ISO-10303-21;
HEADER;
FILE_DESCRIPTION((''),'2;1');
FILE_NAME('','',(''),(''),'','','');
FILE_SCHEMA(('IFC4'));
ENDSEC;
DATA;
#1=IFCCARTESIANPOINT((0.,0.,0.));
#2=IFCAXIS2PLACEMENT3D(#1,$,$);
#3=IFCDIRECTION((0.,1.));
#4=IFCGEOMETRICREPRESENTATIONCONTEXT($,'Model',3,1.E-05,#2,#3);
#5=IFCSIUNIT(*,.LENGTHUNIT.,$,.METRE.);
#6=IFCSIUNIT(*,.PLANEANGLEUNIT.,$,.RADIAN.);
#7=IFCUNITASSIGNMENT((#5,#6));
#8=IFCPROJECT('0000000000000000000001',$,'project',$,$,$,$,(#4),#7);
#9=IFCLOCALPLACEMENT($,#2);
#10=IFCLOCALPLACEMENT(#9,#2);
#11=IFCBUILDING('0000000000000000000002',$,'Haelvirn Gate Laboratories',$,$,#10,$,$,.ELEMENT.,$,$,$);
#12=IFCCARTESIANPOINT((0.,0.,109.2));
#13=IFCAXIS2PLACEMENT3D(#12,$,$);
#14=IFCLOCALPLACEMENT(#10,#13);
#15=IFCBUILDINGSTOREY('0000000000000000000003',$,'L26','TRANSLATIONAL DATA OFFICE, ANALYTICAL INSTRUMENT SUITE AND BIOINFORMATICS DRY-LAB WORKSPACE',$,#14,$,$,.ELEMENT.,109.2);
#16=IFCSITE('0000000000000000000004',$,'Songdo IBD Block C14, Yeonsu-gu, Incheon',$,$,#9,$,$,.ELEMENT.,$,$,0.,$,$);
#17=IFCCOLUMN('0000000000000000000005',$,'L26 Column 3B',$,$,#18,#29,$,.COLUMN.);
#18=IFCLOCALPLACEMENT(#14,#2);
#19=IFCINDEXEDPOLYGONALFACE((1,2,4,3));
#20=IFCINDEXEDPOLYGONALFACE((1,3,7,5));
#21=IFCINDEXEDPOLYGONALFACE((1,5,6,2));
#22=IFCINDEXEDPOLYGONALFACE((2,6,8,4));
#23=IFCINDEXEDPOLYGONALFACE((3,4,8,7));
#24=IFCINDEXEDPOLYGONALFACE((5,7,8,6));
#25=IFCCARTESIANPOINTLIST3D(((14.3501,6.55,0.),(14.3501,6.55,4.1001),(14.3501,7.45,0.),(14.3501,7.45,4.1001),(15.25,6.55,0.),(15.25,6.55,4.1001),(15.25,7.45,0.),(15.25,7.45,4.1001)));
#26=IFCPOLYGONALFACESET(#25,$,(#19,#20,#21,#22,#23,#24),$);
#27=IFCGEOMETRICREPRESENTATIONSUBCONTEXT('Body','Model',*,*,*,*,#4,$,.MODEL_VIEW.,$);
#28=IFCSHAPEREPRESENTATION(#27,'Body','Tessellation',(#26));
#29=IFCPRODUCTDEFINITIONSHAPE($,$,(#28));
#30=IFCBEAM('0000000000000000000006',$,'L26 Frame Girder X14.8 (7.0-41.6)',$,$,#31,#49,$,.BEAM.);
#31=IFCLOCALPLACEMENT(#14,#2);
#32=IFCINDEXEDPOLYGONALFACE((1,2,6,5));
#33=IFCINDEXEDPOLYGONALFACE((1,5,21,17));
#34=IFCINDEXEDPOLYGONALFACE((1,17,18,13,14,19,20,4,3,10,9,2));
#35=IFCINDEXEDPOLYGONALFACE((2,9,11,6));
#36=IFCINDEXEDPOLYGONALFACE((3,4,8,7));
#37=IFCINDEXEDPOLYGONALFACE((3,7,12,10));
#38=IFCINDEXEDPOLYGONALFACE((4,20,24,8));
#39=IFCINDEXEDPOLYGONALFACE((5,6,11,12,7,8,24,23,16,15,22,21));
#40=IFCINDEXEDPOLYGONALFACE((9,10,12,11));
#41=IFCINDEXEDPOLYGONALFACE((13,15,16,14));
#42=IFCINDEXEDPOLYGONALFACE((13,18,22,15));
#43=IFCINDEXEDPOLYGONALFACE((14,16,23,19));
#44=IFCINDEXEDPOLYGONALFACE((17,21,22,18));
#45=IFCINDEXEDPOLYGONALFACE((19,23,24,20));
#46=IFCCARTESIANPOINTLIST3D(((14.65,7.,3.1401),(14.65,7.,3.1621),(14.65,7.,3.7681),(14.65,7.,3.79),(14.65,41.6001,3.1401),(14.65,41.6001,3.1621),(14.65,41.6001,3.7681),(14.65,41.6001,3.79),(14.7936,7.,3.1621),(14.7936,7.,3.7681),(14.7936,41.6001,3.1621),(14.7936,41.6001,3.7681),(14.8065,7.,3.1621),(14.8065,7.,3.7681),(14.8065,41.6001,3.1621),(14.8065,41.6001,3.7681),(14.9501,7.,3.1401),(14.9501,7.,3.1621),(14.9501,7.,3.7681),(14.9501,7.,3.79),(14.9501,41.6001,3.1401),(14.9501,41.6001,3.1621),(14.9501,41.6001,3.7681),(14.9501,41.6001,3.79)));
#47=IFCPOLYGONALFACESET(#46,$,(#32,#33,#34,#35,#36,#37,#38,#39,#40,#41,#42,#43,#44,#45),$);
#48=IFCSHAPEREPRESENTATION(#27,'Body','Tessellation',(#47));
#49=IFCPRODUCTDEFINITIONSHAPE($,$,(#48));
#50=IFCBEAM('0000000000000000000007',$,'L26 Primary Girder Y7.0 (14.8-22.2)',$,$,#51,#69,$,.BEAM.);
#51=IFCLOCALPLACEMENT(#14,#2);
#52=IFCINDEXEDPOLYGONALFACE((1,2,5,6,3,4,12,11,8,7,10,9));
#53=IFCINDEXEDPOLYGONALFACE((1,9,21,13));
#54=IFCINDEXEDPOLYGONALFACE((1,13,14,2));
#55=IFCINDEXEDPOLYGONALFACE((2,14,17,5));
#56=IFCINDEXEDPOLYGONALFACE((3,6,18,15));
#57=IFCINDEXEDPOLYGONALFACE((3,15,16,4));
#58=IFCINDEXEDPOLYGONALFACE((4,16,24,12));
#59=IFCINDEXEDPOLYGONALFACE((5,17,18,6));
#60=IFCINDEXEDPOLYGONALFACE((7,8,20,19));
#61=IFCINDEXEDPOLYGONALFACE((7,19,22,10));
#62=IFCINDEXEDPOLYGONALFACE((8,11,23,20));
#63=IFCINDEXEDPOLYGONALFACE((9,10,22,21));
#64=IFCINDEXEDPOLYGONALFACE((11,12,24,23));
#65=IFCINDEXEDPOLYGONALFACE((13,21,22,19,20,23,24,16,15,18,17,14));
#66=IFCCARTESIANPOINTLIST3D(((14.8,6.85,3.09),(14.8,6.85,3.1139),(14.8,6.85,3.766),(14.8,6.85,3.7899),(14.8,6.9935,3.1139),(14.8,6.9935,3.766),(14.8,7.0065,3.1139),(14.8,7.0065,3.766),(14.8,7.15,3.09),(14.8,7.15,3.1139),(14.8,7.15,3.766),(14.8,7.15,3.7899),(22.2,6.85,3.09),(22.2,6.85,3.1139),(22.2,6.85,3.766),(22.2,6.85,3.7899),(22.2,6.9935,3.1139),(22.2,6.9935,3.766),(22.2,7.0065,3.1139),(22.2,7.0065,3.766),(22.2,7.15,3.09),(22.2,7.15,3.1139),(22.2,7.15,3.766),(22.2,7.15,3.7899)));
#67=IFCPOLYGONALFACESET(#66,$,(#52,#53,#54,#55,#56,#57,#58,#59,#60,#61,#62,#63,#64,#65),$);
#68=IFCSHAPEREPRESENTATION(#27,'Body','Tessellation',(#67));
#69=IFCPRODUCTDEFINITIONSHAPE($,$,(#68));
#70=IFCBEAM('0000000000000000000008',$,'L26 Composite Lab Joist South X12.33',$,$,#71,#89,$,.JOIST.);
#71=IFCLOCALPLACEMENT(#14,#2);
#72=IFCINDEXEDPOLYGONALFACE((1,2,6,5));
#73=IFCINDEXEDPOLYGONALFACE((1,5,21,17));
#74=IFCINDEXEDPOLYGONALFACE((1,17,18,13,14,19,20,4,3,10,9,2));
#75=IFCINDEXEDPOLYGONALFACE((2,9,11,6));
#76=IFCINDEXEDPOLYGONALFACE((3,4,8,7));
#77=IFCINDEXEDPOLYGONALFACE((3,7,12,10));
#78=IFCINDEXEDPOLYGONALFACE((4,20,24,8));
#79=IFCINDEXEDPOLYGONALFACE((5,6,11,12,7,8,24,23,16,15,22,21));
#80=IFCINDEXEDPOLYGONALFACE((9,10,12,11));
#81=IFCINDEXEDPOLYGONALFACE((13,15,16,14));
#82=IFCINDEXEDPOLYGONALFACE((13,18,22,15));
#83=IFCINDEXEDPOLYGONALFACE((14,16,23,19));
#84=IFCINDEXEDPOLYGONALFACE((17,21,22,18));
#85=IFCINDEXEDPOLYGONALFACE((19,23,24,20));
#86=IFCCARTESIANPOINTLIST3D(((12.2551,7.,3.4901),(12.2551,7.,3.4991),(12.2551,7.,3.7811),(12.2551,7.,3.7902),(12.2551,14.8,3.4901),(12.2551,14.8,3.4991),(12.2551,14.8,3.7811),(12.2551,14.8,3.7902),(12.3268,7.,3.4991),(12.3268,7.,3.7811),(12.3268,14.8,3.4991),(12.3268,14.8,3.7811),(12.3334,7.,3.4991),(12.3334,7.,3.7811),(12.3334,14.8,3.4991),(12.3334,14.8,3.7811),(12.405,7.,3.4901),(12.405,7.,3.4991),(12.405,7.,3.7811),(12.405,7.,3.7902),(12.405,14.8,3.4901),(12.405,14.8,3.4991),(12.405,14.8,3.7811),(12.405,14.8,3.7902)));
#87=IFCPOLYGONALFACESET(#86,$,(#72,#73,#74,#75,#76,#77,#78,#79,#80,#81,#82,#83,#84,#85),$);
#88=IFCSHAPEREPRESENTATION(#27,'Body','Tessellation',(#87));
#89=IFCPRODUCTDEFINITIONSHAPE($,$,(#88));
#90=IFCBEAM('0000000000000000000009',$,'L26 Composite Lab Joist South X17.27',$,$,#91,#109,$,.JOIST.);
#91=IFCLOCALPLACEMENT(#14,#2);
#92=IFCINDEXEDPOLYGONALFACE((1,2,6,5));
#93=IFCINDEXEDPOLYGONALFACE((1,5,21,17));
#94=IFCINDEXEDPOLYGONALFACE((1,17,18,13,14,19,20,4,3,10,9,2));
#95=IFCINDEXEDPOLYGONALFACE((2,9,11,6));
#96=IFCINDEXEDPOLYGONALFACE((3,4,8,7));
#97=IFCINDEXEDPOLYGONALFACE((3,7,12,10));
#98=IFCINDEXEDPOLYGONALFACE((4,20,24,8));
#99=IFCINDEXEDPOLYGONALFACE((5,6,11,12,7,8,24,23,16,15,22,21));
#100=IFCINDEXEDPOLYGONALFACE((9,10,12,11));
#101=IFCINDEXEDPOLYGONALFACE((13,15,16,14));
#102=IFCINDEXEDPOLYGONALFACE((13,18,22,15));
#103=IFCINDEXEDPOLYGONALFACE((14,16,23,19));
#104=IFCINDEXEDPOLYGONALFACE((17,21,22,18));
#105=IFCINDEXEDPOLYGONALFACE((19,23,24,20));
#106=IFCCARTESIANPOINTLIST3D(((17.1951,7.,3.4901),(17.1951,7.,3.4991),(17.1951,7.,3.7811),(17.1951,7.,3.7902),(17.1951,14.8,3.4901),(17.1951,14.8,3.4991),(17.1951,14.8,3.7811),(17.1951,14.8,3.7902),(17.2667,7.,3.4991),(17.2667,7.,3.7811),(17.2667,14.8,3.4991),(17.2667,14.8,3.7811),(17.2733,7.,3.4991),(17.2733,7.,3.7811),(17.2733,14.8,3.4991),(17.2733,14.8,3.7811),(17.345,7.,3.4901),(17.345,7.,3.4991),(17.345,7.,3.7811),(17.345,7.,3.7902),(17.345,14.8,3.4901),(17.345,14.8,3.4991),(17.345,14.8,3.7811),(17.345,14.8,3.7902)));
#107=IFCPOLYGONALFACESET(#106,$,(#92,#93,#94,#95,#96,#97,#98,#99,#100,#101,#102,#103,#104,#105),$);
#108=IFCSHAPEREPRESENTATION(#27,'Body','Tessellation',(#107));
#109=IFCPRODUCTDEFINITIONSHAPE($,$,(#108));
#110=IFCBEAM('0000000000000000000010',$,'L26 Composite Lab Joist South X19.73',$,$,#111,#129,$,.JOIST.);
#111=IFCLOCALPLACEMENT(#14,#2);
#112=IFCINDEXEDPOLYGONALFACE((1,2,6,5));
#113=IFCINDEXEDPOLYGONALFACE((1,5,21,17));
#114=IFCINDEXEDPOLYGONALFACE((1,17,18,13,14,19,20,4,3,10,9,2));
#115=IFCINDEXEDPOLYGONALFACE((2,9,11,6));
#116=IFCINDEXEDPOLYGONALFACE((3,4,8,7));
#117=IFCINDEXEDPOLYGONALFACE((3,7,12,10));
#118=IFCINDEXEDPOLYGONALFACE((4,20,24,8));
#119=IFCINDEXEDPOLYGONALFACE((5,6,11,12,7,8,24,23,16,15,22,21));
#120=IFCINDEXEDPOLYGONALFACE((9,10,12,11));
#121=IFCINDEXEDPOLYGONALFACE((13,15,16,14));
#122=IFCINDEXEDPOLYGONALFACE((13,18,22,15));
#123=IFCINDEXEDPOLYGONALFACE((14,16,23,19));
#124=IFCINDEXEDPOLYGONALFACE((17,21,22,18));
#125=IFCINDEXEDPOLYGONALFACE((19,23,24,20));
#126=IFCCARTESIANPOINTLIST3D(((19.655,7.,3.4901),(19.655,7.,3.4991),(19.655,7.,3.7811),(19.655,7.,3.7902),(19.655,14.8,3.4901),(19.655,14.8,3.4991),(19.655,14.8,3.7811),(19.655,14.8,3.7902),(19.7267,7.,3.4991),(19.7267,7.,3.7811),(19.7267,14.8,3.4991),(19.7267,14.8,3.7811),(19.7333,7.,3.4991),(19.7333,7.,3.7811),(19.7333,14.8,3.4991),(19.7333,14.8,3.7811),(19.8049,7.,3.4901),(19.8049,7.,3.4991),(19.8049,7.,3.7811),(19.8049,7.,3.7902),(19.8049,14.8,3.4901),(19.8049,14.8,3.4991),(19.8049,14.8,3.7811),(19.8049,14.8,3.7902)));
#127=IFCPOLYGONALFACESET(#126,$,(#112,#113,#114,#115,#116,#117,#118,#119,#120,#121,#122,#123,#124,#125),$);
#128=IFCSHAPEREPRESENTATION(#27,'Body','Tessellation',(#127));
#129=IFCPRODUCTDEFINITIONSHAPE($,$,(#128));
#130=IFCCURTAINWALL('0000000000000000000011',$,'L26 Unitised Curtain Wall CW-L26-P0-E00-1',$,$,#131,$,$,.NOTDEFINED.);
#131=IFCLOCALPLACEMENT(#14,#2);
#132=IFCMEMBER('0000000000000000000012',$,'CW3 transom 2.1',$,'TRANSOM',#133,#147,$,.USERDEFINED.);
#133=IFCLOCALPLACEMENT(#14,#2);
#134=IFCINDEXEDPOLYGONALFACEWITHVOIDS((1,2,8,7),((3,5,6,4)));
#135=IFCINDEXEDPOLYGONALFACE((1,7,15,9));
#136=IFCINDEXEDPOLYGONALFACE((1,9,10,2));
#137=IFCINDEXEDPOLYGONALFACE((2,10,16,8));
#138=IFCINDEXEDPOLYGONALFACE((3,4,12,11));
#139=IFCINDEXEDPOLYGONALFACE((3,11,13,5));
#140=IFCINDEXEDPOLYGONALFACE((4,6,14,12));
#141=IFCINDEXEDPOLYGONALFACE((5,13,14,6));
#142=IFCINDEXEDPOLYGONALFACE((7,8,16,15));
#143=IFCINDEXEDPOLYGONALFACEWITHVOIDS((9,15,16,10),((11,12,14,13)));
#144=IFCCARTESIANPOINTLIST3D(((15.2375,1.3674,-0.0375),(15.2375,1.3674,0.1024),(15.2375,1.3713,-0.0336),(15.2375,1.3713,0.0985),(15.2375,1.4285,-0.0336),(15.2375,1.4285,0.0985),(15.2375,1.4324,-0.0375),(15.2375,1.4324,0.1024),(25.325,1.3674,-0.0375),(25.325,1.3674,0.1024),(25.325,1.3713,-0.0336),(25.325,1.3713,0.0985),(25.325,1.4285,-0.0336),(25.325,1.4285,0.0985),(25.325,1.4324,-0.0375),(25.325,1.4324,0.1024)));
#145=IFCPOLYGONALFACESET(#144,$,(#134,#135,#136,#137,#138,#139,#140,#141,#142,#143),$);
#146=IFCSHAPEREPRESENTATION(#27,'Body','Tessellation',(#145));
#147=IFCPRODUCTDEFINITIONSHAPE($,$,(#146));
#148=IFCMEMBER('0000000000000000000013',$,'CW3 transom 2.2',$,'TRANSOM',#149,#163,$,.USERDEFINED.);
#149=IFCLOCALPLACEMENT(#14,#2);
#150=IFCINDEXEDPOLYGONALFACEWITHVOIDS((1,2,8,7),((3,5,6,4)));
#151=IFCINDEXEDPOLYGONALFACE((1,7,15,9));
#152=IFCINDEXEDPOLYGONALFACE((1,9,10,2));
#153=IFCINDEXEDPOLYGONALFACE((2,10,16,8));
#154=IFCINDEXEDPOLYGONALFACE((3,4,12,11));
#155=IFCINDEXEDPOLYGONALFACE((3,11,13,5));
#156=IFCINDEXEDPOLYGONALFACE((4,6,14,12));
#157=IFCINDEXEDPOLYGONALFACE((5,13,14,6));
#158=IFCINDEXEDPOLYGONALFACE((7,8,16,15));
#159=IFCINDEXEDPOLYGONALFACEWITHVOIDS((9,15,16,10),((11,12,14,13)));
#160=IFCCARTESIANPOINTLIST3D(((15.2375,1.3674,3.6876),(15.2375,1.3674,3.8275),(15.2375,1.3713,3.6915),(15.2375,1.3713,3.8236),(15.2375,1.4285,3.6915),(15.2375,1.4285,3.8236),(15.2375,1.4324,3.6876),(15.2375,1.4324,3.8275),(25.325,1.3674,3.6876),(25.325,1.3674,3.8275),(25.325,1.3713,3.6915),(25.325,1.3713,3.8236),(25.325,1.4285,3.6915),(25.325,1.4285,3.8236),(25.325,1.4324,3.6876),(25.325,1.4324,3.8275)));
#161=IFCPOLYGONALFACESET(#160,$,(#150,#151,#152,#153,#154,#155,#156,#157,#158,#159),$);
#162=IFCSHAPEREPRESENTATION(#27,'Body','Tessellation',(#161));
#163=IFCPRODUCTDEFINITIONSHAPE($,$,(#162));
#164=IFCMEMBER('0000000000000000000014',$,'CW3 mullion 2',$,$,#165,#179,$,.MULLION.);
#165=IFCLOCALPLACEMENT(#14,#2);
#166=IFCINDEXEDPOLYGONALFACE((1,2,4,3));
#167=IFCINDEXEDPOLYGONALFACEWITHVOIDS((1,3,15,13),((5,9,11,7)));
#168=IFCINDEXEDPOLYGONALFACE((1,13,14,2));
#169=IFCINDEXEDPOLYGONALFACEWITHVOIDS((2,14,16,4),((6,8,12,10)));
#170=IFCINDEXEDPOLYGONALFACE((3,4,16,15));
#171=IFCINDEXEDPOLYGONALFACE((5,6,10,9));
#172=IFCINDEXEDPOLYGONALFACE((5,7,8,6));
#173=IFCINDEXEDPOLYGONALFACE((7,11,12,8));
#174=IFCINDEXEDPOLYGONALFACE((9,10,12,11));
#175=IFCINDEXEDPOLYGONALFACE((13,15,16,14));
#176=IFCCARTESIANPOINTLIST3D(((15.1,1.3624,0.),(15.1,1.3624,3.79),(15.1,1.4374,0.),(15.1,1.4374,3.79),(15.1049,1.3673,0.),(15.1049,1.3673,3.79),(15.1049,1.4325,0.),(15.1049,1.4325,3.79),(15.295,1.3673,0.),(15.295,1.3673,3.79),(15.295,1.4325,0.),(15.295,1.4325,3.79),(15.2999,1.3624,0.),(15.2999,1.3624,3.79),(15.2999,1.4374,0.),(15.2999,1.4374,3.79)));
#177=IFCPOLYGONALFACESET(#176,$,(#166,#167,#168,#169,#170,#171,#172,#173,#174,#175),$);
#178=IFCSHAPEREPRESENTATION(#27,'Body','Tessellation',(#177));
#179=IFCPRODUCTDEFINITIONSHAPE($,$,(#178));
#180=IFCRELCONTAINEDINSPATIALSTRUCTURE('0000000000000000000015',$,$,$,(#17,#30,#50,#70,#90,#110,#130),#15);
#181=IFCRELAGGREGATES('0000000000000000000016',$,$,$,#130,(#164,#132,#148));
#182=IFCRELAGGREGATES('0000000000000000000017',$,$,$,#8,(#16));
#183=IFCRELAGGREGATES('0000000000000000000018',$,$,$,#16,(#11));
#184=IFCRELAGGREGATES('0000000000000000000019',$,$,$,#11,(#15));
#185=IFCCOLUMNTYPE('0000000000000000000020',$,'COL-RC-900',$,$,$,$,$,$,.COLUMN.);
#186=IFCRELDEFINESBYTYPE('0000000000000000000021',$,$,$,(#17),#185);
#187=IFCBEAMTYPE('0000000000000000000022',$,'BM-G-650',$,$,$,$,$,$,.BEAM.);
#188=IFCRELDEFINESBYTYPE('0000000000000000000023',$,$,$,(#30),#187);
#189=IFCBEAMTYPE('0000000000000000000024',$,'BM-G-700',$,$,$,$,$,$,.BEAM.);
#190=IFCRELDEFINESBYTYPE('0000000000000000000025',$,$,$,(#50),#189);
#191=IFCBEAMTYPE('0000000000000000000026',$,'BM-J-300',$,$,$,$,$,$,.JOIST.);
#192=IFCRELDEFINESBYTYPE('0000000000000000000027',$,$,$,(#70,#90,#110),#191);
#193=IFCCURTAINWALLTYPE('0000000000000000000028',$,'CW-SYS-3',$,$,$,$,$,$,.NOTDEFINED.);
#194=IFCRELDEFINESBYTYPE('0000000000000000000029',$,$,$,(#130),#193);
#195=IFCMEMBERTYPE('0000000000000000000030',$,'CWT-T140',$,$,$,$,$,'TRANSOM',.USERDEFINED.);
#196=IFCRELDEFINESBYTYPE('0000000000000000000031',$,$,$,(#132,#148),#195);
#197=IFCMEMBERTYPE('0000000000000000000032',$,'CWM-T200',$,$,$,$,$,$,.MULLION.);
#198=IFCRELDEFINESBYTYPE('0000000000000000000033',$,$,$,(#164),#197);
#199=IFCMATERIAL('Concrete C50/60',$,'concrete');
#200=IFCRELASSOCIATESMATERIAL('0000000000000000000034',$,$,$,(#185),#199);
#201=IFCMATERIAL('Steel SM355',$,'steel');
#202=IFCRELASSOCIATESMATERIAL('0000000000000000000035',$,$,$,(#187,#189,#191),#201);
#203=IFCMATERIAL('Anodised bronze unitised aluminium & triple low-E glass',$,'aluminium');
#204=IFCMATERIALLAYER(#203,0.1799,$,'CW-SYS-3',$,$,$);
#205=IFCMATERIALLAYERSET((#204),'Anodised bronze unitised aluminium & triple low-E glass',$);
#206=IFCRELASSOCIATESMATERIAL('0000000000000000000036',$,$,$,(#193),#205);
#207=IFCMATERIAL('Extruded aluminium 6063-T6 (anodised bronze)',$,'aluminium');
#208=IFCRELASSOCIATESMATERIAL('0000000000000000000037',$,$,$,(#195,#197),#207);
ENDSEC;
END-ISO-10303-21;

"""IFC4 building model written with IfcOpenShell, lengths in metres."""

from ifc_helpers import new_model, si_unit, direction, frame, origin, origin_2d, place, context, subcontext, project, spatial, rectangle, hollow_rectangle, i_section, extrude, source, transform, mapped, material, layer, layer_set, material_profile, profile_set, type_object, type_shapes, element, aggregate, save


model = new_model("IFC4")

# Units and contexts
model_context = context("Model", 3, precision=1e-05, world=origin(), true_north=direction((0.0, 1.0)))
body_context = subcontext(model_context, "Body", "Model", "MODEL_VIEW")
ifc_project = project(units=[si_unit("LENGTHUNIT", "METRE"), si_unit("PLANEANGLEUNIT", "RADIAN")], contexts=[model_context])

# Site, building, storey
site_placement = place(None, origin())
site = spatial("IfcSite", under=ifc_project, at=site_placement, Name="Songdo IBD Block C14, Yeonsu-gu, Incheon", CompositionType="ELEMENT", RefElevation=0.0)
building_placement = place(site_placement, origin())
building = spatial("IfcBuilding", under=site, at=building_placement, Name="Haelvirn Gate Laboratories", CompositionType="ELEMENT")
storey_placement = place(building_placement, frame((0.0, 0.0, 109.2)))
storey = spatial("IfcBuildingStorey", under=building, at=storey_placement, Name="L26", Description="TRANSLATIONAL DATA OFFICE, ANALYTICAL INSTRUMENT SUITE AND BIOINFORMATICS DRY-LAB WORKSPACE", CompositionType="ELEMENT", Elevation=109.2)

# Column
ifc_material_1 = material(Name="Concrete C50/60", Category="concrete")
ifc_material_profile_1 = material_profile(ifc_material_1, rectangle(XDim=0.8999, YDim=0.8999, at=origin_2d()), Name="RC-900x900")
ifc_profile_set_1 = profile_set([ifc_material_profile_1], Name="Concrete C50/60")
column_type = type_object("IfcColumnType", Name="COL-RC-900", PredefinedType="COLUMN", material=ifc_profile_set_1)
shared_shape_1 = source(origin(), body_context, "Body", "SweptSolid", [
    extrude(rectangle(XDim=0.8999, YDim=0.8999, at=origin_2d()), origin(), (0.0, 0.0, 1.0), 4.1001),
])
type_shapes(column_type, [shared_shape_1])
column_placement = place(storey_placement, frame((14.8, 7.0, 0.0), z_axis=(0.0, 0.0, 1.0), x_axis=(1.0, 0.0, 0.0)))
element("IfcColumn", 1, at=column_placement, inside=storey, type_object=column_type, Name="L26 Column 3B", PredefinedType="COLUMN", context=body_context, shape_type="MappedRepresentation", body=[
    mapped(shared_shape_1, transform((0.0, 0.0, 0.0), scale=1.0)),
])

# Beams
ifc_material_2 = material(Name="Steel SM355", Category="steel")
ifc_material_profile_2 = material_profile(ifc_material_2, i_section(OverallWidth=0.3, OverallDepth=0.6499, WebThickness=0.0129, FlangeThickness=0.022, at=origin_2d()), Name="H-650x300x13x22")
ifc_profile_set_2 = profile_set([ifc_material_profile_2], Name="Steel SM355")
beam_type_1 = type_object("IfcBeamType", Name="BM-G-650", PredefinedType="BEAM", material=ifc_profile_set_2)
shared_shape_2 = source(origin(), body_context, "Body", "SweptSolid", [
    extrude(i_section(OverallWidth=0.3, OverallDepth=0.6499, WebThickness=0.0129, FlangeThickness=0.022, at=origin_2d()), origin(), (0.0, 0.0, 1.0), 34.6001),
])
type_shapes(beam_type_1, [shared_shape_2])
beam_1_placement = place(storey_placement, frame((14.8, 7.0, 3.4651), z_axis=(0.0, 1.0, 0.0), x_axis=(-1.0, 0.0, 0.0)))
element("IfcBeam", 2, at=beam_1_placement, inside=storey, type_object=beam_type_1, Name="L26 Frame Girder X14.8 (7.0-41.6)", PredefinedType="BEAM", context=body_context, shape_type="MappedRepresentation", body=[
    mapped(shared_shape_2, transform((0.0, 0.0, 0.0), scale=1.0)),
])
ifc_material_profile_3 = material_profile(ifc_material_2, i_section(OverallWidth=0.3, OverallDepth=0.7, WebThickness=0.0129, FlangeThickness=0.0239, at=origin_2d()), Name="H-700x300x13x24")
ifc_profile_set_3 = profile_set([ifc_material_profile_3], Name="Steel SM355")
beam_type_2 = type_object("IfcBeamType", Name="BM-G-700", PredefinedType="BEAM", material=ifc_profile_set_3)
shared_shape_3 = source(origin(), body_context, "Body", "SweptSolid", [
    extrude(i_section(OverallWidth=0.3, OverallDepth=0.7, WebThickness=0.0129, FlangeThickness=0.0239, at=origin_2d()), origin(), (0.0, 0.0, 1.0), 7.3999),
])
type_shapes(beam_type_2, [shared_shape_3])
beam_2_placement = place(storey_placement, frame((14.8, 7.0, 3.4399), z_axis=(1.0, 0.0, 0.0), x_axis=(0.0, 1.0, 0.0)))
element("IfcBeam", 3, at=beam_2_placement, inside=storey, type_object=beam_type_2, Name="L26 Primary Girder Y7.0 (14.8-22.2)", PredefinedType="BEAM", context=body_context, shape_type="MappedRepresentation", body=[
    mapped(shared_shape_3, transform((0.0, 0.0, 0.0), scale=1.0)),
])
ifc_material_profile_4 = material_profile(ifc_material_2, i_section(OverallWidth=0.1499, OverallDepth=0.3, WebThickness=0.0066, FlangeThickness=0.009, at=origin_2d()), Name="H-300x150x6.5x9")
ifc_profile_set_4 = profile_set([ifc_material_profile_4], Name="Steel SM355")
beam_type_3 = type_object("IfcBeamType", Name="BM-J-300", PredefinedType="JOIST", material=ifc_profile_set_4)
shared_shape_4 = source(origin(), body_context, "Body", "SweptSolid", [
    extrude(i_section(OverallWidth=0.1499, OverallDepth=0.3, WebThickness=0.0066, FlangeThickness=0.009, at=origin_2d()), origin(), (0.0, 0.0, 1.0), 7.8),
])
type_shapes(beam_type_3, [shared_shape_4])
for number, where, z_axis, x_axis, name in (
    (4, (12.3301, 7.0, 3.6401), (0.0, 1.0, 0.0), (-1.0, 0.0, 0.0), "L26 Composite Lab Joist South X12.33"),
    (5, (17.27, 7.0, 3.6401), (0.0, 1.0, 0.0), (-1.0, 0.0, 0.0), "L26 Composite Lab Joist South X17.27"),
    (6, (19.73, 7.0, 3.6401), (0.0, 1.0, 0.0), (-1.0, 0.0, 0.0), "L26 Composite Lab Joist South X19.73"),
):
    element("IfcBeam", number, at=place(storey_placement, frame(where, z_axis=z_axis, x_axis=x_axis)), inside=storey, type_object=beam_type_3, Name=name, PredefinedType="JOIST", context=body_context, shape_type="MappedRepresentation", body=[
        mapped(shared_shape_4, transform((0.0, 0.0, 0.0), scale=1.0)),
    ])

# Curtain wall, members
ifc_material_3 = material(Name="Anodised bronze unitised aluminium & triple low-E glass", Category="aluminium")
ifc_layer_1 = layer(ifc_material_3, 0.1799, Name="CW-SYS-3")
ifc_layer_set_1 = layer_set([ifc_layer_1], Name="Anodised bronze unitised aluminium & triple low-E glass")
curtain_wall_type = type_object("IfcCurtainWallType", Name="CW-SYS-3", PredefinedType="NOTDEFINED", material=ifc_layer_set_1)
curtain_wall_placement = place(storey_placement, origin())
curtain_wall = element("IfcCurtainWall", 7, at=curtain_wall_placement, inside=storey, type_object=curtain_wall_type, Name="L26 Unitised Curtain Wall CW-L26-P0-E00-1", PredefinedType="NOTDEFINED")
ifc_material_4 = material(Name="Extruded aluminium 6063-T6 (anodised bronze)", Category="aluminium")
ifc_material_profile_5 = material_profile(ifc_material_4, hollow_rectangle(XDim=0.0649, YDim=0.1399, WallThickness=0.0039, at=origin_2d()), Name="CWT-140x65x4")
ifc_profile_set_5 = profile_set([ifc_material_profile_5], Name="Extruded aluminium 6063-T6 (anodised bronze)")
member_type_1 = type_object("IfcMemberType", Name="CWT-T140", ElementType="TRANSOM", PredefinedType="USERDEFINED", material=ifc_profile_set_5)
shared_shape_5 = source(origin(), body_context, "Body", "SweptSolid", [
    extrude(hollow_rectangle(XDim=0.0649, YDim=0.1399, WallThickness=0.0039, at=origin_2d()), origin(), (0.0, 0.0, 1.0), 10.0874),
])
type_shapes(member_type_1, [shared_shape_5])
member_1_placement = place(storey_placement, frame((15.2375, 1.3999, 0.0325), z_axis=(1.0, 0.0, 0.0), x_axis=(0.0, 1.0, 0.0)))
member_1 = element("IfcMember", 8, at=member_1_placement, type_object=member_type_1, Name="CW3 transom 2.1", ObjectType="TRANSOM", PredefinedType="USERDEFINED", context=body_context, shape_type="MappedRepresentation", body=[
    mapped(shared_shape_5, transform((0.0, 0.0, 0.0), scale=1.0)),
])
member_2_placement = place(storey_placement, frame((15.2375, 1.3999, 3.7576), z_axis=(1.0, 0.0, 0.0), x_axis=(0.0, 1.0, 0.0)))
member_2 = element("IfcMember", 9, at=member_2_placement, type_object=member_type_1, Name="CW3 transom 2.2", ObjectType="TRANSOM", PredefinedType="USERDEFINED", context=body_context, shape_type="MappedRepresentation", body=[
    mapped(shared_shape_5, transform((0.0, 0.0, 0.0), scale=1.0)),
])
ifc_material_profile_6 = material_profile(ifc_material_4, hollow_rectangle(XDim=0.075, YDim=0.2, WallThickness=0.0049, at=origin_2d()), Name="CWM-200x75x5")
ifc_profile_set_6 = profile_set([ifc_material_profile_6], Name="Extruded aluminium 6063-T6 (anodised bronze)")
member_type_2 = type_object("IfcMemberType", Name="CWM-T200", PredefinedType="MULLION", material=ifc_profile_set_6)
shared_shape_6 = source(origin(), body_context, "Body", "SweptSolid", [
    extrude(hollow_rectangle(XDim=0.075, YDim=0.2, WallThickness=0.0049, at=origin_2d()), origin(), (0.0, 0.0, 1.0), 3.79),
])
type_shapes(member_type_2, [shared_shape_6])
member_3_placement = place(storey_placement, frame((15.2, 1.3999, 0.0), z_axis=(0.0, 0.0, 1.0), x_axis=(0.0, 1.0, 0.0)))
member_3 = element("IfcMember", 10, at=member_3_placement, type_object=member_type_2, Name="CW3 mullion 2", PredefinedType="MULLION", context=body_context, shape_type="MappedRepresentation", body=[
    mapped(shared_shape_6, transform((0.0, 0.0, 0.0), scale=1.0)),
])
aggregate(curtain_wall, [member_3, member_1, member_2])

save(model, "model.ifc")
